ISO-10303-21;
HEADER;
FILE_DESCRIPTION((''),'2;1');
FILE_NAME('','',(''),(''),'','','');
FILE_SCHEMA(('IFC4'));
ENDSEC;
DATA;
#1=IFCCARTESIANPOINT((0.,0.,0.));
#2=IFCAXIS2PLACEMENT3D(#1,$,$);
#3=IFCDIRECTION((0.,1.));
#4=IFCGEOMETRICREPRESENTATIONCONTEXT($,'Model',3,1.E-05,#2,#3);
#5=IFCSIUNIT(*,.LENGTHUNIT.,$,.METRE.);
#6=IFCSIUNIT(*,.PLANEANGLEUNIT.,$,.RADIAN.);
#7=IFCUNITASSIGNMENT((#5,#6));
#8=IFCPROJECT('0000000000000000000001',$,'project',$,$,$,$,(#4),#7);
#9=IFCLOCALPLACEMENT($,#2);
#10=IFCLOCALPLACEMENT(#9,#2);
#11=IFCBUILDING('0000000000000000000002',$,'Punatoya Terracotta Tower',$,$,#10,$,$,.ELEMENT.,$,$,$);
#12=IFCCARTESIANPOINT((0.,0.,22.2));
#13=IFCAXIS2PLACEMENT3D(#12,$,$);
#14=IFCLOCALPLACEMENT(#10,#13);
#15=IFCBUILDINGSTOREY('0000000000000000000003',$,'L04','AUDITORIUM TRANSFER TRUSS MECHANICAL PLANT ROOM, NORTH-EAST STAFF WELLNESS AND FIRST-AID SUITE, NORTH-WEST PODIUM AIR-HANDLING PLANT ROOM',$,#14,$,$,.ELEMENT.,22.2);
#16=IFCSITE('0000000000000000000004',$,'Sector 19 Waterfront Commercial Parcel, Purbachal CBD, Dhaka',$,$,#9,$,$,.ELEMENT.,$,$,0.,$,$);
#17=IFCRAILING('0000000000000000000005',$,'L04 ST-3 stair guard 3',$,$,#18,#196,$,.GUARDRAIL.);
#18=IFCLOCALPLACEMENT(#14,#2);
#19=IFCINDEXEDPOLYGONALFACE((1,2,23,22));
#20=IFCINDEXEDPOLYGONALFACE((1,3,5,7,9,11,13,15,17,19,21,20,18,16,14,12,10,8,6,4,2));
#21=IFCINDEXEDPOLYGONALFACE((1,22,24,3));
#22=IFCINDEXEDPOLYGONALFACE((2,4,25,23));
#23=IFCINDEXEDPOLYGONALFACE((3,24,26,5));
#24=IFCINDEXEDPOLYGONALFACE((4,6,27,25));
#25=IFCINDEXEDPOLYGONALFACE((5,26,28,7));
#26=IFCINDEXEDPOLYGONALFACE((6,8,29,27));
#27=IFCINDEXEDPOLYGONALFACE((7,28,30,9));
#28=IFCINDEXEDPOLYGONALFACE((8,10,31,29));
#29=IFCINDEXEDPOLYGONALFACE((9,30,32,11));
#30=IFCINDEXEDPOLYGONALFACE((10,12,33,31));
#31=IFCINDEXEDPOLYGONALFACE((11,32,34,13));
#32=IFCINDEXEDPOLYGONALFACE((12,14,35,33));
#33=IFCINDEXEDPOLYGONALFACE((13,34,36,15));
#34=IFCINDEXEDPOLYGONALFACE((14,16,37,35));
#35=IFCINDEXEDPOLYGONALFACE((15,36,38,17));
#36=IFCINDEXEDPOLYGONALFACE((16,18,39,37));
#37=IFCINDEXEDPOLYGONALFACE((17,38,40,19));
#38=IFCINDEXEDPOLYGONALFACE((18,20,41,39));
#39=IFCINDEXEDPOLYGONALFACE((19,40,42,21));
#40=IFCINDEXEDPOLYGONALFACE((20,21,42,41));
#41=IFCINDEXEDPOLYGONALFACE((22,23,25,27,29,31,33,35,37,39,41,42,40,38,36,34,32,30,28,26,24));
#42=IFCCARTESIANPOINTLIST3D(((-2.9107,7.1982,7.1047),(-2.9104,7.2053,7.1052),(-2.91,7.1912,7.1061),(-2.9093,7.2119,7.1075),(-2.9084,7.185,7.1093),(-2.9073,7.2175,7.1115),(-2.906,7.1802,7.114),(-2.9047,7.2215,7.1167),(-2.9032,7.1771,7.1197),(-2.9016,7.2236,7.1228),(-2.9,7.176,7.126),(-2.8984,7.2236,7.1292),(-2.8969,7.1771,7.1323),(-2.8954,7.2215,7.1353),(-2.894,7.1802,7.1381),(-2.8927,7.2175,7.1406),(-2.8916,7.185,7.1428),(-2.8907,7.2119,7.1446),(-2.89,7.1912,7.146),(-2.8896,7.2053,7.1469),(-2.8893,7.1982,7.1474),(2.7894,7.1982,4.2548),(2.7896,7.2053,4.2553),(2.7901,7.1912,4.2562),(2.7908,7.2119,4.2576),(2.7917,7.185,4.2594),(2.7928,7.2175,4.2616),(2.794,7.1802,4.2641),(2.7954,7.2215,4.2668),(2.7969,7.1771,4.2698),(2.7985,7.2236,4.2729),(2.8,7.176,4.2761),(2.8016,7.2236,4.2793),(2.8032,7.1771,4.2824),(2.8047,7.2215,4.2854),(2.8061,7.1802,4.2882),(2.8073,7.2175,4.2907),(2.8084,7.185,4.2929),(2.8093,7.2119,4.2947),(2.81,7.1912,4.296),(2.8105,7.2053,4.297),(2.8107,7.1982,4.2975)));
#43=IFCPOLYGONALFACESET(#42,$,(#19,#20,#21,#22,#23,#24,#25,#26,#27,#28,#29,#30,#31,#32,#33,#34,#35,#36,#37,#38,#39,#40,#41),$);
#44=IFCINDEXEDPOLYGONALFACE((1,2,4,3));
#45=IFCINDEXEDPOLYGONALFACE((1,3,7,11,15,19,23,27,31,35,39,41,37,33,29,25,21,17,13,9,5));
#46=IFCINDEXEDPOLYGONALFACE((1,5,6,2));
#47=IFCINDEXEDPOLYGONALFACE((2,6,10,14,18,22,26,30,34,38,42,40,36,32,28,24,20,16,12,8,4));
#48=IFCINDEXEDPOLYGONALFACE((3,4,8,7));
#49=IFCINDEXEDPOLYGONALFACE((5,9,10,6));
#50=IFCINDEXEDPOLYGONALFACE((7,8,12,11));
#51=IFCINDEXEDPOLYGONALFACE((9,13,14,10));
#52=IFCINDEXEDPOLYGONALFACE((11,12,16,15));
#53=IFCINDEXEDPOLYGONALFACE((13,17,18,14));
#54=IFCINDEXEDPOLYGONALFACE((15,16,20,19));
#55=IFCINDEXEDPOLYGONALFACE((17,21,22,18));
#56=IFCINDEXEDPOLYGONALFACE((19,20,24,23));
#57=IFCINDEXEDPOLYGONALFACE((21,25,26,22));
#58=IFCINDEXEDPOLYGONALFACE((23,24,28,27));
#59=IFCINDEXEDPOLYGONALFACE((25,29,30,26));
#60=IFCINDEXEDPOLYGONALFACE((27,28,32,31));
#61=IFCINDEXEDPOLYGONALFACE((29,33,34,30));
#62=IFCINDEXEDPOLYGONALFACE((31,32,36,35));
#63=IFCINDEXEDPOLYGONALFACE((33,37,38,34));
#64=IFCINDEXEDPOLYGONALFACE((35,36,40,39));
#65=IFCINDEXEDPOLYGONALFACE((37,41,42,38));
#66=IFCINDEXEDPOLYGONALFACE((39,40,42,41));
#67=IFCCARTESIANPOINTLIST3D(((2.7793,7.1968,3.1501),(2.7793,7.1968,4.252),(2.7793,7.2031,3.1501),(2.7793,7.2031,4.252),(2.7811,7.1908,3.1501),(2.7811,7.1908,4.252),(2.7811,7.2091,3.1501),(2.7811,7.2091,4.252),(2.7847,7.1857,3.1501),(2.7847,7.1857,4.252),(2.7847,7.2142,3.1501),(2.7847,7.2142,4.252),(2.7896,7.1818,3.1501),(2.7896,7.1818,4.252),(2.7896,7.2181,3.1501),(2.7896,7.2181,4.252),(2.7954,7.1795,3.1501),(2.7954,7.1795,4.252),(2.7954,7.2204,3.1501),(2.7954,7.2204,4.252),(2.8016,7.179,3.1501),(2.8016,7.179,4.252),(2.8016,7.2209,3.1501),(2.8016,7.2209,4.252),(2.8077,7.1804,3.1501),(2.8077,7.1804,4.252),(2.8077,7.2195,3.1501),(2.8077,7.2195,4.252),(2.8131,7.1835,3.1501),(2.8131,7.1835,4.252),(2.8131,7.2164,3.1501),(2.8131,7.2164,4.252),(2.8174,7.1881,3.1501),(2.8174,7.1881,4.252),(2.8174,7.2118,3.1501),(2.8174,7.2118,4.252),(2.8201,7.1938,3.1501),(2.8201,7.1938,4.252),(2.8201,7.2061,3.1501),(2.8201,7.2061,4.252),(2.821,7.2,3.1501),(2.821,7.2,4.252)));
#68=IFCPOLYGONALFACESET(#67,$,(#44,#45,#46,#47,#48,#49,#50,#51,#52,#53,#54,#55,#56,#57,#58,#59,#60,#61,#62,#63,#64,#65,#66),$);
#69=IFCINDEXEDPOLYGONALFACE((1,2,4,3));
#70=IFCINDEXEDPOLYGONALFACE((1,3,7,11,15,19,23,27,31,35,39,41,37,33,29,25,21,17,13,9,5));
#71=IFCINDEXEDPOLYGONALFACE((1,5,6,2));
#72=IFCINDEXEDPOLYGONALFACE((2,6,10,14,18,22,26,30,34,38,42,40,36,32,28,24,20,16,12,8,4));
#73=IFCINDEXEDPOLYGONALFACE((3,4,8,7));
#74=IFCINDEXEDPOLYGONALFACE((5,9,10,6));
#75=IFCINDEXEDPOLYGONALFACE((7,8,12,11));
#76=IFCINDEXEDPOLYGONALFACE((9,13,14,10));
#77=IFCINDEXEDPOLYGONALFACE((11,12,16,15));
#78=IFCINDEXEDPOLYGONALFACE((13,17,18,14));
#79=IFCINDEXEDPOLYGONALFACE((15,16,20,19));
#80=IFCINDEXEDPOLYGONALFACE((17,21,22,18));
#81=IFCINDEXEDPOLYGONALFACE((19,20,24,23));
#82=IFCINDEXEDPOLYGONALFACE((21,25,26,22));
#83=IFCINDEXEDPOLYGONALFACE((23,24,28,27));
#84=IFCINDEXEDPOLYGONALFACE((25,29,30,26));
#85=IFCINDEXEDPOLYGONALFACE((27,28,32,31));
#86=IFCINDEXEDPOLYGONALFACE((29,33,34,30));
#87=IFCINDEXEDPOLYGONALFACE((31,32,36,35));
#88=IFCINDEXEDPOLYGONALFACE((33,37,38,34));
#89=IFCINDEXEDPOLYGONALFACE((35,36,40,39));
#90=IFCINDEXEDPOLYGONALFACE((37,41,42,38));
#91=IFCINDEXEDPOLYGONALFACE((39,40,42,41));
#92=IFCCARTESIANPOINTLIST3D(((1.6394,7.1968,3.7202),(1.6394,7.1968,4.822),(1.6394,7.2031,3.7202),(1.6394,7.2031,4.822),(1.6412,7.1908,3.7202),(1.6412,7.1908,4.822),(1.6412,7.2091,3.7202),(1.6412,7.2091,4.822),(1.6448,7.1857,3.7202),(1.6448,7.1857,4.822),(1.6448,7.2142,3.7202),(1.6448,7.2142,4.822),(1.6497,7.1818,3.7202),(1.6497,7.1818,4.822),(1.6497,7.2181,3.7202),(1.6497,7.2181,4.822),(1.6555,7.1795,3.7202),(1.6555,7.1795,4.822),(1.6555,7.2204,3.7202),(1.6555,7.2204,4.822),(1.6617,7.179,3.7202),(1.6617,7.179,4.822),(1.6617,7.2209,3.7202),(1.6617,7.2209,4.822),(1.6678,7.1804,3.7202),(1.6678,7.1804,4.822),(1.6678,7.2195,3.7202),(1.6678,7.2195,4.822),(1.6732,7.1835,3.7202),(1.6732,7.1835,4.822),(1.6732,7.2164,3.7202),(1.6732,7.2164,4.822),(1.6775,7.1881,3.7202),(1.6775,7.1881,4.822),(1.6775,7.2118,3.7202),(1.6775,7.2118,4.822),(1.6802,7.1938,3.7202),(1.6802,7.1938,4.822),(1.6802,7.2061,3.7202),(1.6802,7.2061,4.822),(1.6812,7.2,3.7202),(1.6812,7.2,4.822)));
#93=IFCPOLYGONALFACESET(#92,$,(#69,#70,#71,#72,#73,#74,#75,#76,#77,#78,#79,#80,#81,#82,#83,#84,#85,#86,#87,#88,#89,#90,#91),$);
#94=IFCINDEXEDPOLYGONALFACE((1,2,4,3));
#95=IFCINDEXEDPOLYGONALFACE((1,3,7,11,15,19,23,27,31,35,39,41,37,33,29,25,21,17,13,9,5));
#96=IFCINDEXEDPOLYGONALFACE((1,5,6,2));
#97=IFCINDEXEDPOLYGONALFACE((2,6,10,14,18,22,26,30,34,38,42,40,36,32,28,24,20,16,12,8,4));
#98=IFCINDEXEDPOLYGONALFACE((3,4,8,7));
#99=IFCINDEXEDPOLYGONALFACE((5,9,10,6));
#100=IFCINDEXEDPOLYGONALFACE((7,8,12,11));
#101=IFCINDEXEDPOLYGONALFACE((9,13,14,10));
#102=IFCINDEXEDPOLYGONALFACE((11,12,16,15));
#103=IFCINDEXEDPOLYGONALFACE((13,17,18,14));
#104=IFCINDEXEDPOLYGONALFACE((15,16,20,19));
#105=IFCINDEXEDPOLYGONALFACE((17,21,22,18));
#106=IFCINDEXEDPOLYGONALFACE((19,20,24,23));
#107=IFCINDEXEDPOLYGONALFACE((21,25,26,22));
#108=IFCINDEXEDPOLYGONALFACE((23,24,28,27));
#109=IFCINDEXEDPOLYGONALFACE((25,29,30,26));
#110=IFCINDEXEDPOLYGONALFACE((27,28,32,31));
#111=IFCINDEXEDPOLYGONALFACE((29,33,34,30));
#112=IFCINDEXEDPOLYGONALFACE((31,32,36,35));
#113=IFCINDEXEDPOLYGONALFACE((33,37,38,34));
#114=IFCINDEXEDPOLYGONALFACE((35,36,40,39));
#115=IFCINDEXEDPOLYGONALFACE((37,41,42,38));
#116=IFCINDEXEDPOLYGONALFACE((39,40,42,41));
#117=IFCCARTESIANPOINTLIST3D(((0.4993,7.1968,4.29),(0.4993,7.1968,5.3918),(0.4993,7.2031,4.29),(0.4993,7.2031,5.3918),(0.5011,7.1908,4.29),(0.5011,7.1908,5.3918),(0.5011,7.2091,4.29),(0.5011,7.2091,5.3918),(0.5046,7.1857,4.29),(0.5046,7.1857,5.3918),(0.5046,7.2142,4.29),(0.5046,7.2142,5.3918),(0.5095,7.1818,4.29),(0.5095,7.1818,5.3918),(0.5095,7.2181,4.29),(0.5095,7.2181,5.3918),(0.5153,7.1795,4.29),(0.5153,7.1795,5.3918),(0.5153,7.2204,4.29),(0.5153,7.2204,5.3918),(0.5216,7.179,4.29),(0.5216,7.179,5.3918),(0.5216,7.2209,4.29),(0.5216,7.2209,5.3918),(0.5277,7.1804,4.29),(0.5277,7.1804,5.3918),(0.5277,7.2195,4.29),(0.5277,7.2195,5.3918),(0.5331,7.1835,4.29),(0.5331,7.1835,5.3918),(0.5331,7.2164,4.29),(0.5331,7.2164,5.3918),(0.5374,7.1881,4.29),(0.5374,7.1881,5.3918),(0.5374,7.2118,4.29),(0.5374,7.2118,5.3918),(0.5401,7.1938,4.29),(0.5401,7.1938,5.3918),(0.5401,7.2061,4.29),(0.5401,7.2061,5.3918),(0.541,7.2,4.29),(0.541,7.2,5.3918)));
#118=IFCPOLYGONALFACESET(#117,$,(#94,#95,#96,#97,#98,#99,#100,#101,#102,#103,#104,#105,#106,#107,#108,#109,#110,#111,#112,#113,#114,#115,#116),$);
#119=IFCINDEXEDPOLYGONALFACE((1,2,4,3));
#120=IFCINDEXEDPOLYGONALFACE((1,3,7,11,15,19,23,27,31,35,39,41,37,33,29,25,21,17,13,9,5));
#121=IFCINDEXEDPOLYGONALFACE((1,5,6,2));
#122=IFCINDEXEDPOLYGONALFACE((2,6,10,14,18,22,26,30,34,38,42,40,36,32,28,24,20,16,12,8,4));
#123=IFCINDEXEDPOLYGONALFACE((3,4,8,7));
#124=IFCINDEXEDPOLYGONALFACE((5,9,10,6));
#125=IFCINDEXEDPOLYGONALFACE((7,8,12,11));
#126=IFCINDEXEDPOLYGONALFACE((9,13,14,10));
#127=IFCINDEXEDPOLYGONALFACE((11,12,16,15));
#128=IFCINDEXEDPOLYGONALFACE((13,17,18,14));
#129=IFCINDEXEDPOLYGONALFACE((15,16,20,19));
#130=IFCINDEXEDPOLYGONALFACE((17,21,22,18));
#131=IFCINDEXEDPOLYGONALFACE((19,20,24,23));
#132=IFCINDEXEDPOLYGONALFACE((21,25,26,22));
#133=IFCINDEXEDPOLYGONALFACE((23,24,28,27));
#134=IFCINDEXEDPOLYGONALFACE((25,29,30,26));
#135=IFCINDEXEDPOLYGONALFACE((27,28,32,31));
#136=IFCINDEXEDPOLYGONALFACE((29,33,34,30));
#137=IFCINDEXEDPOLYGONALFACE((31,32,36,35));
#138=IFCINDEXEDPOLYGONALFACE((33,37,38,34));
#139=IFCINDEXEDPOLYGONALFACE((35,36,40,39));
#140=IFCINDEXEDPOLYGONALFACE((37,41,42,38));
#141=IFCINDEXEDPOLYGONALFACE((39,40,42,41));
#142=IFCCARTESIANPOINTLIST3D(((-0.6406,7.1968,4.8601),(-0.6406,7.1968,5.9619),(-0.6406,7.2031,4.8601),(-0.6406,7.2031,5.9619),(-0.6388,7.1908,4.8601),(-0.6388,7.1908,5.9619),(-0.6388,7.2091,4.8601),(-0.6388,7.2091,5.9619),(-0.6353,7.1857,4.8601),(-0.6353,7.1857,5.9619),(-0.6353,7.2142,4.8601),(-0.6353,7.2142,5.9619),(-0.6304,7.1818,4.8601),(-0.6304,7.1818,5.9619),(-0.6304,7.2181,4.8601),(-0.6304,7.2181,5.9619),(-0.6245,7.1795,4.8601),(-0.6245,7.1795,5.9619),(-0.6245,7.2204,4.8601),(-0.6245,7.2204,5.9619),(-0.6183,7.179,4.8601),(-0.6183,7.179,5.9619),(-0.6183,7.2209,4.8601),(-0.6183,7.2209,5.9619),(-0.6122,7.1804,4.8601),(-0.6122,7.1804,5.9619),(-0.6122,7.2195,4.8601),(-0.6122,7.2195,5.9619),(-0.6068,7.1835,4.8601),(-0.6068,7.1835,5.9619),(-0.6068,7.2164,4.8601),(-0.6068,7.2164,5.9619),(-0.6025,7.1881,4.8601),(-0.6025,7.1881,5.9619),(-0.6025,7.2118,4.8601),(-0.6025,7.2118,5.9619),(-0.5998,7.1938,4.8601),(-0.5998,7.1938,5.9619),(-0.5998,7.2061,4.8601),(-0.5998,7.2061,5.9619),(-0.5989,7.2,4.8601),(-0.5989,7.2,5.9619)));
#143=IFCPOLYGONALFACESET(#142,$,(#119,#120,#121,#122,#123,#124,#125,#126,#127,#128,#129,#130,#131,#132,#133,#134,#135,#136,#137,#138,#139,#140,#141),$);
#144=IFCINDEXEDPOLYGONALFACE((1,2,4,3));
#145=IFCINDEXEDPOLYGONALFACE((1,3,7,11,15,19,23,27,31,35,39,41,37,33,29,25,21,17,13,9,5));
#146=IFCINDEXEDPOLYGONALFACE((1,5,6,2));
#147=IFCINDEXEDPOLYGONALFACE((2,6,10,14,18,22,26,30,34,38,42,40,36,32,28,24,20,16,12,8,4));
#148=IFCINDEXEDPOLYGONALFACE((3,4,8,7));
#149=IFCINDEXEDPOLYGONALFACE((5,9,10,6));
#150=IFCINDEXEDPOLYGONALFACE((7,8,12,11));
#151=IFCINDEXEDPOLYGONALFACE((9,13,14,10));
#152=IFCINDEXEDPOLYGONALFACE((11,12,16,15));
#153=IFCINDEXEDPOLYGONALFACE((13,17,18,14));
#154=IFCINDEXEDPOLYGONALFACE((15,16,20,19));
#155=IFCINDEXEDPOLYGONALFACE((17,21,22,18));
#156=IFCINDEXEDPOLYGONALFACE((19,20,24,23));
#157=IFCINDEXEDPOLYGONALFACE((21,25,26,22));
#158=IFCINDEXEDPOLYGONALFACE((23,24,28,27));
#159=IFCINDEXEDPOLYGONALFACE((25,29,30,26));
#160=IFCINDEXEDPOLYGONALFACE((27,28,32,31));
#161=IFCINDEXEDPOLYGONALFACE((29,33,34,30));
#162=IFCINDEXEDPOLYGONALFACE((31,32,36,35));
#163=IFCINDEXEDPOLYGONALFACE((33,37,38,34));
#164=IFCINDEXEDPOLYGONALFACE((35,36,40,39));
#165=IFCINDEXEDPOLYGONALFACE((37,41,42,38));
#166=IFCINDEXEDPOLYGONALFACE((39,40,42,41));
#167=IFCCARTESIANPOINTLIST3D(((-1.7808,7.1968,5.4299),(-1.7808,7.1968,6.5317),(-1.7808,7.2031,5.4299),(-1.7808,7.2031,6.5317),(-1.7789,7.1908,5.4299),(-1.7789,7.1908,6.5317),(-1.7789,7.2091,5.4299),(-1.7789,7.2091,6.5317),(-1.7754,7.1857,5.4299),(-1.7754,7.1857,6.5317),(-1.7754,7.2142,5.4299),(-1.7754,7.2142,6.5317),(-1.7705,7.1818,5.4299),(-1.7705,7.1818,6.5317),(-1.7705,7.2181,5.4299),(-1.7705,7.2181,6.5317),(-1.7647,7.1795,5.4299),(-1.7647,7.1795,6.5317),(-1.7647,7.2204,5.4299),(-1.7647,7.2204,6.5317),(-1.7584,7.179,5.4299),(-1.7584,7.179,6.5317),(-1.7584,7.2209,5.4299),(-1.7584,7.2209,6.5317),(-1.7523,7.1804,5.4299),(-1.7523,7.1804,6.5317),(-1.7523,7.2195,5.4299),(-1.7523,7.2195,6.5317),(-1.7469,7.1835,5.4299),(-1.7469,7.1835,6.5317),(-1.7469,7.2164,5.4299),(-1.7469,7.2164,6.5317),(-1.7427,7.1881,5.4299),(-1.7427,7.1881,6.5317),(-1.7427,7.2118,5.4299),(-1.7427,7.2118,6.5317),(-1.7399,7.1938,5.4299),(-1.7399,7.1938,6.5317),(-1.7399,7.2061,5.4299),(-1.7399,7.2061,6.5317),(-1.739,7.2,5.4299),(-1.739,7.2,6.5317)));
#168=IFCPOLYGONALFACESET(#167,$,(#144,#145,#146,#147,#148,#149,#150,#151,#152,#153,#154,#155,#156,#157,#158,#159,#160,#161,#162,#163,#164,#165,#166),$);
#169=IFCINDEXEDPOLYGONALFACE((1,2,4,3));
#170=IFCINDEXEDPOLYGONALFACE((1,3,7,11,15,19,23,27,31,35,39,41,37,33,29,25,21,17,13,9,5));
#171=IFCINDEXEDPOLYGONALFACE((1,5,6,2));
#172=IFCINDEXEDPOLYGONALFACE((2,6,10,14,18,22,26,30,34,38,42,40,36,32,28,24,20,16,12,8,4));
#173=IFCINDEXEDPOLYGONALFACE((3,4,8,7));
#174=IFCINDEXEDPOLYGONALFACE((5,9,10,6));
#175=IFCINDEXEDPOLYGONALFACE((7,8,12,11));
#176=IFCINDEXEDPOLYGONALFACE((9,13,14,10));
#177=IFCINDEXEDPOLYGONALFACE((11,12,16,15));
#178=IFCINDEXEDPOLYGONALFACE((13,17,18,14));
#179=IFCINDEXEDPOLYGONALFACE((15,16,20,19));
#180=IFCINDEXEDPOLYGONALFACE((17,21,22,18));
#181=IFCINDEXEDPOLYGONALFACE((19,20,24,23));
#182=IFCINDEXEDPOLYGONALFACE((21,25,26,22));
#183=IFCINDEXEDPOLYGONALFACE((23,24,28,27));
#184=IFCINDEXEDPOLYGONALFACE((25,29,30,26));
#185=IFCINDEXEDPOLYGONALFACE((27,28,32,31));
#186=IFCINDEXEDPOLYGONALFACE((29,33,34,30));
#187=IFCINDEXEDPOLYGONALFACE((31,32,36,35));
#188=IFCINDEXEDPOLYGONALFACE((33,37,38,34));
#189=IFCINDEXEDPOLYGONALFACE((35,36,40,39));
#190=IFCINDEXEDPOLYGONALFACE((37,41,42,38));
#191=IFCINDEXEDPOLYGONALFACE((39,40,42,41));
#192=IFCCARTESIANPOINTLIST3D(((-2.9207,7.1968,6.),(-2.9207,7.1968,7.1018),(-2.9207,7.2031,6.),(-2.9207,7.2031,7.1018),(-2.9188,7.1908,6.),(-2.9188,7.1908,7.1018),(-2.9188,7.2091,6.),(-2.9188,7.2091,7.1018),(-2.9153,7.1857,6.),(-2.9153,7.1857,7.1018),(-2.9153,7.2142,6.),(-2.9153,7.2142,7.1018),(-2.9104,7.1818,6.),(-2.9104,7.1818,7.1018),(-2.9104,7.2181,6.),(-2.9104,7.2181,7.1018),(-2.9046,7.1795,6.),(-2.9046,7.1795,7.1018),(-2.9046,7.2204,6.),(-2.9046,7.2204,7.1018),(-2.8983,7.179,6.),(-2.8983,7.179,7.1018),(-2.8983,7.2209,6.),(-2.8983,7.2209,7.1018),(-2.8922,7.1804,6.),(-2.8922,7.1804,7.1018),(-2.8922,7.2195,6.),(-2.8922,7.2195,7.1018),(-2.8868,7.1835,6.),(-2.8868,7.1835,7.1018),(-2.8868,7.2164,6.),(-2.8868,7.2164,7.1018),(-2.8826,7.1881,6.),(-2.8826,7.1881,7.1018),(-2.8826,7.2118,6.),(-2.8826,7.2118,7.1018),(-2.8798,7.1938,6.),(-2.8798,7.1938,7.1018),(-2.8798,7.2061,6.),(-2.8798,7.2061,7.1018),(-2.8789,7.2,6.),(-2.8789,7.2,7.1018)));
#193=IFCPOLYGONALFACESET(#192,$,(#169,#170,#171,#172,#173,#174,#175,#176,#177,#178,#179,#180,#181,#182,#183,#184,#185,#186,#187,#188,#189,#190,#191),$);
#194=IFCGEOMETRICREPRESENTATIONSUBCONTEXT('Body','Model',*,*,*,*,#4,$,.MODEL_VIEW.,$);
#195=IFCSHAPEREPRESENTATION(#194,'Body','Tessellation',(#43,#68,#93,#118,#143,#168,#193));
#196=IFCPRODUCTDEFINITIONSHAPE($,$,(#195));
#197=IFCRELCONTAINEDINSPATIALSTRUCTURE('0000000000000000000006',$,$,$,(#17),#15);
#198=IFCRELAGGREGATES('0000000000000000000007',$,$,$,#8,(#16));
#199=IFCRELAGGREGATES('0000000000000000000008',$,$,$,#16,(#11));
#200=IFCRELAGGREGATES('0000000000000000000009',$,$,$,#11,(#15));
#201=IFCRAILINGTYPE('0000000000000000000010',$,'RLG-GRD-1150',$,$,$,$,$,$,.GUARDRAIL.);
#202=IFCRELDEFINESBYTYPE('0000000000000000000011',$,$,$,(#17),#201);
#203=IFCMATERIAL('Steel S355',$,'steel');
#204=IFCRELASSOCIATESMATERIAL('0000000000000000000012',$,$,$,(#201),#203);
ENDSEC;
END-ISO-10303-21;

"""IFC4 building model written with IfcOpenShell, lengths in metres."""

from ifc_helpers import new_model, si_unit, direction, frame, origin, origin_2d, place, context, subcontext, project, spatial, circle, extrude, material, type_object, element, save


model = new_model("IFC4")

# Units and contexts
model_context = context("Model", 3, precision=1e-05, world=origin(), true_north=direction((0.0, 1.0)))
body_context = subcontext(model_context, "Body", "Model", "MODEL_VIEW")
ifc_project = project(units=[si_unit("LENGTHUNIT", "METRE"), si_unit("PLANEANGLEUNIT", "RADIAN")], contexts=[model_context])

# Site, building, storey
site_placement = place(None, origin())
site = spatial("IfcSite", under=ifc_project, at=site_placement, Name="Sector 19 Waterfront Commercial Parcel, Purbachal CBD, Dhaka", CompositionType="ELEMENT", RefElevation=0.0)
building_placement = place(site_placement, origin())
building = spatial("IfcBuilding", under=site, at=building_placement, Name="Punatoya Terracotta Tower", CompositionType="ELEMENT")
storey_placement = place(building_placement, frame((0.0, 0.0, 22.2)))
storey = spatial("IfcBuildingStorey", under=building, at=storey_placement, Name="L04", Description="AUDITORIUM TRANSFER TRUSS MECHANICAL PLANT ROOM, NORTH-EAST STAFF WELLNESS AND FIRST-AID SUITE, NORTH-WEST PODIUM AIR-HANDLING PLANT ROOM", CompositionType="ELEMENT", Elevation=22.2)

# Shared definitions
ifc_material_1 = material(Name="Steel S355", Category="steel")

# Railing
railing_type_1 = type_object("IfcRailingType", Name="RLG-GRD-1150", PredefinedType="GUARDRAIL", material=ifc_material_1)
railing_1_placement = place(storey_placement, frame((2.8, 7.2, 3.1501)))
element("IfcRailing", 1, at=railing_1_placement, inside=storey, type_object=railing_type_1, Name="L04 ST-3 stair guard 3", PredefinedType="GUARDRAIL", context=body_context, shape_type="SweptSolid", body=[
    extrude(circle(Radius=0.0239, at=origin_2d()), frame((0.0, 0.0, 1.126), z_axis=(-0.894435, 0.0, 0.447198), x_axis=(0.0, -1.0, 0.0)), (0.0, 0.0, 1.0), 6.3728),
    extrude(circle(Radius=0.021, at=origin_2d()), origin(), (0.0, 0.0, 1.0), 1.1018),
    extrude(circle(Radius=0.021, at=origin_2d()), frame((-1.1399, 0.0, 0.5701)), (0.0, 0.0, 1.0), 1.1018),
    extrude(circle(Radius=0.021, at=origin_2d()), frame((-2.28, 0.0, 1.1399)), (0.0, 0.0, 1.0), 1.1018),
    extrude(circle(Radius=0.021, at=origin_2d()), frame((-3.4199, 0.0, 1.71)), (0.0, 0.0, 1.0), 1.1018),
    extrude(circle(Radius=0.021, at=origin_2d()), frame((-4.5601, 0.0, 2.2798)), (0.0, 0.0, 1.0), 1.1018),
    extrude(circle(Radius=0.021, at=origin_2d()), frame((-5.7, 0.0, 2.8499)), (0.0, 0.0, 1.0), 1.1018),
])

save(model, "model.ifc")
